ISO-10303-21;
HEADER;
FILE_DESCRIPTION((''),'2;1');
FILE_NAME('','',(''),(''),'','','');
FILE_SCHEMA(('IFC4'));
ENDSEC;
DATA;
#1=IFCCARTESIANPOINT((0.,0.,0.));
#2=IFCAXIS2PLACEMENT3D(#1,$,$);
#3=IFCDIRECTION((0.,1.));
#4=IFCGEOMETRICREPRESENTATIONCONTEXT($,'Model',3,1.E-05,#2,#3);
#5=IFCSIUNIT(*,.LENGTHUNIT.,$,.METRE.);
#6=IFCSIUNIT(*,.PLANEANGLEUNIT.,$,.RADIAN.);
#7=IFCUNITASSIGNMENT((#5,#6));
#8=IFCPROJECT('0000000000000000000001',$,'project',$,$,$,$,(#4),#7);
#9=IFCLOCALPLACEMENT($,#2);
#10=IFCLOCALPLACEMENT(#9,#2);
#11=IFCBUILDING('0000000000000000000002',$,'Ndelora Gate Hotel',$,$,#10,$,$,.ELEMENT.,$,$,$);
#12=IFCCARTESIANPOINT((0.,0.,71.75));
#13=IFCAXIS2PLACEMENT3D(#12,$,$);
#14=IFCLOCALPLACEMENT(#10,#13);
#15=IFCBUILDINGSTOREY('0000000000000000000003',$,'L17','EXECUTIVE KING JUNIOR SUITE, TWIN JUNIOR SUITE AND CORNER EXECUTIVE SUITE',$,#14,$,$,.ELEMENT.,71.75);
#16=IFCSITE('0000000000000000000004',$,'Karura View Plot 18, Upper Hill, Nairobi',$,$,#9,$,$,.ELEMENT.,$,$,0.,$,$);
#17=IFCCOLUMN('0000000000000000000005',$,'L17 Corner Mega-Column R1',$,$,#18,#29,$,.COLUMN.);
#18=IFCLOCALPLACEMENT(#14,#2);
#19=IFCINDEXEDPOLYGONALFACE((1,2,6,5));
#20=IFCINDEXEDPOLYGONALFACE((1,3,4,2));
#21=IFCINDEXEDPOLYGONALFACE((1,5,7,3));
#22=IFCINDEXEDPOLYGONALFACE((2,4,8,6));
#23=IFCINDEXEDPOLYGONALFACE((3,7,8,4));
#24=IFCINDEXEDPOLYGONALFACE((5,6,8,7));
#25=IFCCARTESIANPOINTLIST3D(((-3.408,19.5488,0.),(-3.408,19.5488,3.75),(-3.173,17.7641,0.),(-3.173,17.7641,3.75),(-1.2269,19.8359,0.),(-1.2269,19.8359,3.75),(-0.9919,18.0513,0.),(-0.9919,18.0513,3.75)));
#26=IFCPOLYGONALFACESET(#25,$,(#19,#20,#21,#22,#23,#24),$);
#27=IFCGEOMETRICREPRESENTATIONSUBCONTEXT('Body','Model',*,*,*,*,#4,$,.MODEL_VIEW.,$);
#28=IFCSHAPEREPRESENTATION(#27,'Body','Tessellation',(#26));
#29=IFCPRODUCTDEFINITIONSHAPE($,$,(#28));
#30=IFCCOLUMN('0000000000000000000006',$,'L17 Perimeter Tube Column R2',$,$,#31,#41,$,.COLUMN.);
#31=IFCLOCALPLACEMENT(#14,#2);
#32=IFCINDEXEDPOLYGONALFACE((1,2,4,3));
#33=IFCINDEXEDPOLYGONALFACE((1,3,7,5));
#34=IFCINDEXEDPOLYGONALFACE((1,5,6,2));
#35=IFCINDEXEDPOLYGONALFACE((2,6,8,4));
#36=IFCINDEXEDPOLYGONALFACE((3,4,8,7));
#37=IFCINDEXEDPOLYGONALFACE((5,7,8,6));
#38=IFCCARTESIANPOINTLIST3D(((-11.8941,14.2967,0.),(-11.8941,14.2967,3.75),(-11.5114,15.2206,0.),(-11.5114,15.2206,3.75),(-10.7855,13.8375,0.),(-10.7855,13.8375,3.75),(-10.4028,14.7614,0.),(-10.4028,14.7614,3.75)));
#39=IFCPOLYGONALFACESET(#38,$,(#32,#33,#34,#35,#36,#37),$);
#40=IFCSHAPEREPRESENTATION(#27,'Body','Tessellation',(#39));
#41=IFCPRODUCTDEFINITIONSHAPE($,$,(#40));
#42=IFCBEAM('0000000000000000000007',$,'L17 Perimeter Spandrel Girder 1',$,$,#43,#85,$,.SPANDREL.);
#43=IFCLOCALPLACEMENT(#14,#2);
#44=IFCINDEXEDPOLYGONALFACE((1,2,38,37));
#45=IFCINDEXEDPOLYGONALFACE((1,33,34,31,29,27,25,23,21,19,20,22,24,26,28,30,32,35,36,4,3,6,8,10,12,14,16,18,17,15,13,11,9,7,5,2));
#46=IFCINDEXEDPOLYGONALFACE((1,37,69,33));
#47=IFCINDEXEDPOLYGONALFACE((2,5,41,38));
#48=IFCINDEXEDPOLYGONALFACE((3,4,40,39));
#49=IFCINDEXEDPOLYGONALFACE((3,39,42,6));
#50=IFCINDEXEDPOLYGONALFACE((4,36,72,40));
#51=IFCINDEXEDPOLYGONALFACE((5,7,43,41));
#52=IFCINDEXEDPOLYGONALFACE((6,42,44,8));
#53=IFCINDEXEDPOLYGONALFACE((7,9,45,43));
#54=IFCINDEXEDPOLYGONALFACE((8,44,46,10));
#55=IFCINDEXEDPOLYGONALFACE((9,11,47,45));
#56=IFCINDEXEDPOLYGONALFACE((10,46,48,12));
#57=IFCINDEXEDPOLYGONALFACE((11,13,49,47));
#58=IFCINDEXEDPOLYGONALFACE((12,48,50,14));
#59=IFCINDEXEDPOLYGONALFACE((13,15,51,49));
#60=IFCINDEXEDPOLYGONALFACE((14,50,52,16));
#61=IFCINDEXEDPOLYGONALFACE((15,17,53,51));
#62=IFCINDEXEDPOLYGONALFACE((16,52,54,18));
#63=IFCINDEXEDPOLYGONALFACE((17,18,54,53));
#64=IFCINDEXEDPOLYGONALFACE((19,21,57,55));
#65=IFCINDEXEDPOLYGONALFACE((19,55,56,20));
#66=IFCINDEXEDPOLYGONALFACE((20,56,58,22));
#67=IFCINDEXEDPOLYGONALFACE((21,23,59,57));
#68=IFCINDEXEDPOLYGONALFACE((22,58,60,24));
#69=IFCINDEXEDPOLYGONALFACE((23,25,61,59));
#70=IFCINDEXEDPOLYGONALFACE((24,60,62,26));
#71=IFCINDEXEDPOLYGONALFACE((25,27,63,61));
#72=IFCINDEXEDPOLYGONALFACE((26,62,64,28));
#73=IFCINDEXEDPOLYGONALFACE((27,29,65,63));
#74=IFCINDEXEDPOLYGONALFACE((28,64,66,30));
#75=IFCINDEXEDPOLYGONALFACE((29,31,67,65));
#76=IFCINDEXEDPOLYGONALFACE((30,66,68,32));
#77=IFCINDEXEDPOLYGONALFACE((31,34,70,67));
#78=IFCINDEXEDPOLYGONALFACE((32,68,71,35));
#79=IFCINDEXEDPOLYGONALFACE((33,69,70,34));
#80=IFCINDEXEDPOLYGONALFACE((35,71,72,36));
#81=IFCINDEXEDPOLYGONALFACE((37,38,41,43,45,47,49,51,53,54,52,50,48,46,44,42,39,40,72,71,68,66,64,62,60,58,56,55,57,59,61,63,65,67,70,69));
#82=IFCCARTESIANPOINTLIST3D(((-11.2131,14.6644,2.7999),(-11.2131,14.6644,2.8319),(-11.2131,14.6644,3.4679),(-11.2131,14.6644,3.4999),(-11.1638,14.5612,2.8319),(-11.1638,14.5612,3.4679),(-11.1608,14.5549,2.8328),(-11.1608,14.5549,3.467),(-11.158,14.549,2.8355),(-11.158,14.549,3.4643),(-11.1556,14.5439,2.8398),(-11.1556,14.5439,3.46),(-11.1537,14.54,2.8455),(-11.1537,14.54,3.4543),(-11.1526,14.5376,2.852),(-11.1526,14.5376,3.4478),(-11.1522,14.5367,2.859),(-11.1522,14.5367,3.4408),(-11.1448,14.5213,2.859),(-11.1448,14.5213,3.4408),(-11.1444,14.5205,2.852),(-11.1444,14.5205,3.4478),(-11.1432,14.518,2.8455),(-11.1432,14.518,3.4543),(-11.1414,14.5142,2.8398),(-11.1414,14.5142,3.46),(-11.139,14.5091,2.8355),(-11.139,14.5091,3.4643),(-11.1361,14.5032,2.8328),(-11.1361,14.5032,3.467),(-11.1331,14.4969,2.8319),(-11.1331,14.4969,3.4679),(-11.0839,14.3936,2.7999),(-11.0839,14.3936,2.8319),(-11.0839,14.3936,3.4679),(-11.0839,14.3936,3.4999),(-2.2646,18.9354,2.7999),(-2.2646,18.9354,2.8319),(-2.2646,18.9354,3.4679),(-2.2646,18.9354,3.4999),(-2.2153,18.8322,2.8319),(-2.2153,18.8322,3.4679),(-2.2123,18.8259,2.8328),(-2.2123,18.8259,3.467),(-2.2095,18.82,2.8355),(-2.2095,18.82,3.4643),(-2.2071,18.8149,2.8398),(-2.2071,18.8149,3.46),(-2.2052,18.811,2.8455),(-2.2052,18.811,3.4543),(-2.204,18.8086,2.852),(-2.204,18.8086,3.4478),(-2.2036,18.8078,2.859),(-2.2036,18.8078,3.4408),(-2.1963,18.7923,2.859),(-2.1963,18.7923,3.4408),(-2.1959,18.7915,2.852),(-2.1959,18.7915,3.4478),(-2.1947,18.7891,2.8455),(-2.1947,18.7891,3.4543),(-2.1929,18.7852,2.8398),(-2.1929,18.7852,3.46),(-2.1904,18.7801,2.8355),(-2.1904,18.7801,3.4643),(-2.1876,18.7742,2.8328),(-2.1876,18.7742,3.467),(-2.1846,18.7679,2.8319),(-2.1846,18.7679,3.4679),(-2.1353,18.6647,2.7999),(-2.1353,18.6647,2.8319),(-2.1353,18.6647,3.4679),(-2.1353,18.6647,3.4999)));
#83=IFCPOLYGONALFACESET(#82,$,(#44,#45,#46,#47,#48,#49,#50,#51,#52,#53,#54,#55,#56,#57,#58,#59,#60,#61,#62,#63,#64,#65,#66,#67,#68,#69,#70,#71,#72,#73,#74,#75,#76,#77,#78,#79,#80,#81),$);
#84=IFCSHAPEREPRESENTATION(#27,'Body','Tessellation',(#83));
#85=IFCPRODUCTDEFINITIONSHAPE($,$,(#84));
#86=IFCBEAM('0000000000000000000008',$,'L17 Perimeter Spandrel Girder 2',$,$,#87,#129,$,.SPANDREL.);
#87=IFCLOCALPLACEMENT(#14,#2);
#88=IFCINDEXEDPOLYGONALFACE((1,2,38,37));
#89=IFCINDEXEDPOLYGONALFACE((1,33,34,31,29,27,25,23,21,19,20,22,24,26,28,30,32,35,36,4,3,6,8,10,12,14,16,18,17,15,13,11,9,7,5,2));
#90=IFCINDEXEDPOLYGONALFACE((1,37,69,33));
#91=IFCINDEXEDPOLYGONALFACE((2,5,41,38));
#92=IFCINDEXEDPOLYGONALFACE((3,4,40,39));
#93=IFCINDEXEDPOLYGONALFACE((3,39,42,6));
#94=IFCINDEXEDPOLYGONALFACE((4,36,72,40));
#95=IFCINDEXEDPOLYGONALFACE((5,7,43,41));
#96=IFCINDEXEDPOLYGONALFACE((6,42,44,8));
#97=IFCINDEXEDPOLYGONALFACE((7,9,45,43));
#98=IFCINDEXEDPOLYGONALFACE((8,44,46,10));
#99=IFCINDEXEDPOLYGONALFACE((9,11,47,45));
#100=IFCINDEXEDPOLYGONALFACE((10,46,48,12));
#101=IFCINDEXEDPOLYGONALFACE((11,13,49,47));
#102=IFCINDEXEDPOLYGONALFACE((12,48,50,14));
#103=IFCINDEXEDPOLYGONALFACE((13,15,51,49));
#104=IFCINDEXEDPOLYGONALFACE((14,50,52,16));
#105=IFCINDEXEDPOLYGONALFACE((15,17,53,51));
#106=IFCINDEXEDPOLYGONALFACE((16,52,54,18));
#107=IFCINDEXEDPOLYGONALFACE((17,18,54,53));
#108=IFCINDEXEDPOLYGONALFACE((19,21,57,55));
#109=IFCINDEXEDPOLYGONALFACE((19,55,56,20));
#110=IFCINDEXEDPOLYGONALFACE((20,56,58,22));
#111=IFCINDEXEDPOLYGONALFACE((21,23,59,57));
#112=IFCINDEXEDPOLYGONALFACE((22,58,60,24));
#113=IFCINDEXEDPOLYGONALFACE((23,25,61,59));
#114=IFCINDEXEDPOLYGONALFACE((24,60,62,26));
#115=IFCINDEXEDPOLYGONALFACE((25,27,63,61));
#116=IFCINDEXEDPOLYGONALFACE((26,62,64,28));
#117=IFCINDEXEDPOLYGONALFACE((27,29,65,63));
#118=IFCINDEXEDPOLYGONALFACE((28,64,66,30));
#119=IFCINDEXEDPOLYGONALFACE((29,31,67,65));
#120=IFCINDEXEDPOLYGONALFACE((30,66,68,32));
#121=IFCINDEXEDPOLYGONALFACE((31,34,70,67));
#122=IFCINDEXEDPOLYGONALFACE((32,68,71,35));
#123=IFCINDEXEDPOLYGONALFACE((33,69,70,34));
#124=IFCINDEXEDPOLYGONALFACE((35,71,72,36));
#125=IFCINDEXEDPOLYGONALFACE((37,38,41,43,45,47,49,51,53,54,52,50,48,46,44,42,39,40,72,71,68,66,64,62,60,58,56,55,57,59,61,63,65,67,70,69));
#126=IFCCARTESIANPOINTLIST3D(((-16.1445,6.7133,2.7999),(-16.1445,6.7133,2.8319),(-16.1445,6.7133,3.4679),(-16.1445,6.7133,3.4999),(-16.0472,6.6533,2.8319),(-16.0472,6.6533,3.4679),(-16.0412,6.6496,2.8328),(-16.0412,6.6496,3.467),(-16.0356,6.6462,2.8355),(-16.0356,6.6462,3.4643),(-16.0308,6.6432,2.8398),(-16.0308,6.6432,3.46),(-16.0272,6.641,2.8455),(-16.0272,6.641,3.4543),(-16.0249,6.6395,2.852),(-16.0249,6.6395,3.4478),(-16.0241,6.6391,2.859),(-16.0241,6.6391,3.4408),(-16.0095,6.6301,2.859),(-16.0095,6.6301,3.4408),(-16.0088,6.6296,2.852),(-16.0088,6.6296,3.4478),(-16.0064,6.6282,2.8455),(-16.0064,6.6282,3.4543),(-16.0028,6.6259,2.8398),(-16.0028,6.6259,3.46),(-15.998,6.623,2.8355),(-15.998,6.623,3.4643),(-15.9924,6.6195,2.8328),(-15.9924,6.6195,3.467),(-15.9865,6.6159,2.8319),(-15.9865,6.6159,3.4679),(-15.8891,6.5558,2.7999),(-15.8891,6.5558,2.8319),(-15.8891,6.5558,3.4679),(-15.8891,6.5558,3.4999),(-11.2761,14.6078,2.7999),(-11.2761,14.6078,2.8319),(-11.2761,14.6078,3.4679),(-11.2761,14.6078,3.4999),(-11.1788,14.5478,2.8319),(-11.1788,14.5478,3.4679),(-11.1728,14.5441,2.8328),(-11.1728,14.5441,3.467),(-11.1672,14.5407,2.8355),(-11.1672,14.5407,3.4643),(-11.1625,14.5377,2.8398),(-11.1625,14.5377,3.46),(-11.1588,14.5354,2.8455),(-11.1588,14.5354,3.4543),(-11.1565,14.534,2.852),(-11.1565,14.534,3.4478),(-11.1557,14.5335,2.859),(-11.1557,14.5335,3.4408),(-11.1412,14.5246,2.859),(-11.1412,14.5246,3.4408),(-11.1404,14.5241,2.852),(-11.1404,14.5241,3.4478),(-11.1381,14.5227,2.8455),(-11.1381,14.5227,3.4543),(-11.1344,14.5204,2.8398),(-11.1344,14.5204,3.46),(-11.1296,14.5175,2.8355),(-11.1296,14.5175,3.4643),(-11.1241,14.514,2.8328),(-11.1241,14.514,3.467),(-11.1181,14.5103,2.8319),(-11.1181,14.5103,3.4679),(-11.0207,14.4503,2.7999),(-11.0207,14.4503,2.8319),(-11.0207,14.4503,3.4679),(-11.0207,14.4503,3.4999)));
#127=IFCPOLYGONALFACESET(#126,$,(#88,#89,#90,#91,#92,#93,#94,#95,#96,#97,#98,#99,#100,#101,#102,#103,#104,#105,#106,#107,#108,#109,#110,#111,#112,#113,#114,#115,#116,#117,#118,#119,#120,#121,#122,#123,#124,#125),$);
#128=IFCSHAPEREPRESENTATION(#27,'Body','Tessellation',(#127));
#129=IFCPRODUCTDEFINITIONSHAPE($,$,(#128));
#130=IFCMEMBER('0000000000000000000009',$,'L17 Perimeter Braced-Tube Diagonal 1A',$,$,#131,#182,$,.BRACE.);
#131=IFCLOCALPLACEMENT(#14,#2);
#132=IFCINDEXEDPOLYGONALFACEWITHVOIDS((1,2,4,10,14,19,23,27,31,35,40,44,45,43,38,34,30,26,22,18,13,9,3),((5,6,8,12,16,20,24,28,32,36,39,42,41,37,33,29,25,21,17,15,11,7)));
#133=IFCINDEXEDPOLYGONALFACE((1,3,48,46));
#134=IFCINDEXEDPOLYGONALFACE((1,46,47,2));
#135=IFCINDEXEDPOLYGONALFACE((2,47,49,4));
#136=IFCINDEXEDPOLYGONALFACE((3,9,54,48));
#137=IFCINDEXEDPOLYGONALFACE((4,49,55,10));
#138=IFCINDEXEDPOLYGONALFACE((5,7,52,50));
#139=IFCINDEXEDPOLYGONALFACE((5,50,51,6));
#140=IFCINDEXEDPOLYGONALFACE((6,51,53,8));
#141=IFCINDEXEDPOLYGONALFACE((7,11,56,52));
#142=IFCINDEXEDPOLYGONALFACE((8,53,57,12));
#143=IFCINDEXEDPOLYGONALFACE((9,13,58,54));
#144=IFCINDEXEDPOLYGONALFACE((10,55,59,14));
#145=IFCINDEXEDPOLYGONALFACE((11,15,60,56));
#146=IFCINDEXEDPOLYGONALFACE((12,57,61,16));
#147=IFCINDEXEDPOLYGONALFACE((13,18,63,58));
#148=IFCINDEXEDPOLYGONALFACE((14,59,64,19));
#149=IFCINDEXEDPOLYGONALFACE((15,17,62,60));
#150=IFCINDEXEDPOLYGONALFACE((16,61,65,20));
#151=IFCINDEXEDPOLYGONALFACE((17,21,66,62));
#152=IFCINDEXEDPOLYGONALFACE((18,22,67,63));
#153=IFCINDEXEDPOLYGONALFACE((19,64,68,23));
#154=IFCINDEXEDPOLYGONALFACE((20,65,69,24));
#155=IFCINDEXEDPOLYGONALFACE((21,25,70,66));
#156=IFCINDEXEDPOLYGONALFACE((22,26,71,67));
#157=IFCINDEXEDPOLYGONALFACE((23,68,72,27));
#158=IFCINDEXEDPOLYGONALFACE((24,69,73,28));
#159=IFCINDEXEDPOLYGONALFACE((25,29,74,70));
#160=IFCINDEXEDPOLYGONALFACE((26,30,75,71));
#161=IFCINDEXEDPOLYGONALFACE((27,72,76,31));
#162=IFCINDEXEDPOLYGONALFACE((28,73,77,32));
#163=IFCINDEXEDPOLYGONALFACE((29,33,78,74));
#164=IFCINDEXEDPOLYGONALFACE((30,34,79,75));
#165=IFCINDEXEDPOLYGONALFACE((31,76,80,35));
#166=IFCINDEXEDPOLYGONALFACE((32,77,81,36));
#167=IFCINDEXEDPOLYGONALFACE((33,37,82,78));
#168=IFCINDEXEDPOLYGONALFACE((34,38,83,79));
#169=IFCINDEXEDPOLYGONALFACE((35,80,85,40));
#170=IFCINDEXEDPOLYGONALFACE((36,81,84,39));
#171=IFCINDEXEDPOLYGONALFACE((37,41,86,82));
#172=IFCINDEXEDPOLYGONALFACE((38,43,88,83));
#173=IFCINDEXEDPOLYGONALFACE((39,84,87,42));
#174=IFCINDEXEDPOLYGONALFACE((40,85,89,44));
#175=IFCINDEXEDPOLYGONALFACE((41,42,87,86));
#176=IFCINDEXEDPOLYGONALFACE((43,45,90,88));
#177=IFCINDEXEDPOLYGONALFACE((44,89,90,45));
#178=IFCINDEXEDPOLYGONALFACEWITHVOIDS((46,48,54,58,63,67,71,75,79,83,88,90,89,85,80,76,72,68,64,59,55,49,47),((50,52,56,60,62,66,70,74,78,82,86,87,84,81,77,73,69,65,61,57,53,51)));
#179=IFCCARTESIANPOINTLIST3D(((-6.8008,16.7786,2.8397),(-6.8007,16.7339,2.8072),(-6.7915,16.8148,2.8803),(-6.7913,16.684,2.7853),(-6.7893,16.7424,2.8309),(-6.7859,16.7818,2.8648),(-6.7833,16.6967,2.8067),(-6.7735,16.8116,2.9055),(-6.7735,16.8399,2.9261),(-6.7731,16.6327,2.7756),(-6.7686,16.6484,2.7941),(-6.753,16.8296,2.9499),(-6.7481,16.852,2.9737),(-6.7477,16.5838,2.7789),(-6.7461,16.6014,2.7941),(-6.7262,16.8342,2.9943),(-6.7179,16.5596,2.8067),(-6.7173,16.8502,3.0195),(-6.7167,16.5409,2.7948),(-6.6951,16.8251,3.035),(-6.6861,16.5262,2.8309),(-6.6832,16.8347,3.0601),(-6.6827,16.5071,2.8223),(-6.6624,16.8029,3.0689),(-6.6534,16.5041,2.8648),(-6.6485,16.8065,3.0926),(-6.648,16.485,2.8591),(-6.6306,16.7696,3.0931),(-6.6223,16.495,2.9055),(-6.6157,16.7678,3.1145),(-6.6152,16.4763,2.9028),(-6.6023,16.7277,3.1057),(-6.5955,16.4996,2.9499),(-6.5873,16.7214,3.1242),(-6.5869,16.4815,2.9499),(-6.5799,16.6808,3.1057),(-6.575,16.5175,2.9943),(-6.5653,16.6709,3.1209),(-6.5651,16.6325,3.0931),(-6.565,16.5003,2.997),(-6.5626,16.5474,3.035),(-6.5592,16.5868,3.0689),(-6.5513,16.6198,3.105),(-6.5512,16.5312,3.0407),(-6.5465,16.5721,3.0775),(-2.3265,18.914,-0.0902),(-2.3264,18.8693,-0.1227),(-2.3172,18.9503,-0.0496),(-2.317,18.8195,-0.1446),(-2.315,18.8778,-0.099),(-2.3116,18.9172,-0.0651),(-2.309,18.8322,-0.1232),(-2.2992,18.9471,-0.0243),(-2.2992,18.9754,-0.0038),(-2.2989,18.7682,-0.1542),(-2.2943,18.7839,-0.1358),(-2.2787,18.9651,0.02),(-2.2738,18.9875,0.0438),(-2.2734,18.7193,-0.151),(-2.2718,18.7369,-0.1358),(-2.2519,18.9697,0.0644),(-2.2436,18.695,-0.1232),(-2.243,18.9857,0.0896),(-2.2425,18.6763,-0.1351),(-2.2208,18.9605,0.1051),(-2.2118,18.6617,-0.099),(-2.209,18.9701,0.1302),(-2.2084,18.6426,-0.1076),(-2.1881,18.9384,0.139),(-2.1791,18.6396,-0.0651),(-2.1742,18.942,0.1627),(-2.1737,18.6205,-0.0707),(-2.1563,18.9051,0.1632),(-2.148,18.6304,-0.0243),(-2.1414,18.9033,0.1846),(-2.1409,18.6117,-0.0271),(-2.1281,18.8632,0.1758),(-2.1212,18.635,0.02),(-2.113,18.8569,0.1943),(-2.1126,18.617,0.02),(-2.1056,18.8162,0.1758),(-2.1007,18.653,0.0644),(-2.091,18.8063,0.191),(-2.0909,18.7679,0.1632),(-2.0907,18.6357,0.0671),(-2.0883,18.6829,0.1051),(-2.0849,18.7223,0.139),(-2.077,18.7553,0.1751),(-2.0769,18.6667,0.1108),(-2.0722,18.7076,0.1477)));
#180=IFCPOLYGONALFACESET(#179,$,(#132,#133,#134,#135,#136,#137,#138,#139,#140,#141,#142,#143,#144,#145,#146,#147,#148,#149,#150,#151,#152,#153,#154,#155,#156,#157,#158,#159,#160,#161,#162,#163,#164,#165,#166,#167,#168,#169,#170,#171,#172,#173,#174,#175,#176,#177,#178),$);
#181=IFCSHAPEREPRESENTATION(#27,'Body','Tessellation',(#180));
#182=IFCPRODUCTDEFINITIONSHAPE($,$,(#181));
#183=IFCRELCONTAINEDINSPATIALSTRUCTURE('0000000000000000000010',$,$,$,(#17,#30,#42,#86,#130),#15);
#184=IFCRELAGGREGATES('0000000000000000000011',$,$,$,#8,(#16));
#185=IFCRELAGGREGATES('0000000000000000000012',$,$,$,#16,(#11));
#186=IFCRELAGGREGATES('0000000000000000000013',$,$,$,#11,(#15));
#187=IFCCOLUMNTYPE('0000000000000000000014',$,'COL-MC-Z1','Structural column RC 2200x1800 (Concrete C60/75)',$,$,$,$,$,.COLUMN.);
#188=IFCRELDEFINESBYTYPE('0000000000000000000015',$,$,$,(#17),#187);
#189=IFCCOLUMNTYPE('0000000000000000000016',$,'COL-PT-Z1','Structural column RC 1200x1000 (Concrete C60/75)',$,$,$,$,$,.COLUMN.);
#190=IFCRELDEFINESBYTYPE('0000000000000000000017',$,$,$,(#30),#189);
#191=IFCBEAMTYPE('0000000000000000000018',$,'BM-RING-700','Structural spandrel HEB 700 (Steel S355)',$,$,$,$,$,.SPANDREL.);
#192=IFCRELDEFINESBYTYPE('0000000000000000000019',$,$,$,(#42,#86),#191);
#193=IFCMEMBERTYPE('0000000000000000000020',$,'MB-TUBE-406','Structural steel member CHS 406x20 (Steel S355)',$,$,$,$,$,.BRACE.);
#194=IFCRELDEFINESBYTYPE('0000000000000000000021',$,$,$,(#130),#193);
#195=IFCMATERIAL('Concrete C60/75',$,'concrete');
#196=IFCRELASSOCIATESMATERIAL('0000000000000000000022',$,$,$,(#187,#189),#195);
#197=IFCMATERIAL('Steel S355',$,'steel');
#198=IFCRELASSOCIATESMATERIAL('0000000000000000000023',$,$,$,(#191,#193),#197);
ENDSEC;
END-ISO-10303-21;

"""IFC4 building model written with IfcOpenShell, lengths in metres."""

from ifc_helpers import new_model, si_unit, direction, frame, origin, origin_2d, place, context, subcontext, project, spatial, rectangle, hollow_circle, i_section, extrude, material, material_profile, profile_set, type_object, element, save


model = new_model("IFC4")

# Units and contexts
model_context = context("Model", 3, precision=1e-05, world=origin(), true_north=direction((0.0, 1.0)))
body_context = subcontext(model_context, "Body", "Model", "MODEL_VIEW")
ifc_project = project(units=[si_unit("LENGTHUNIT", "METRE"), si_unit("PLANEANGLEUNIT", "RADIAN")], contexts=[model_context])

# Site, building, storey
site_placement = place(None, origin())
site = spatial("IfcSite", under=ifc_project, at=site_placement, Name="Karura View Plot 18, Upper Hill, Nairobi", CompositionType="ELEMENT", RefElevation=0.0)
building_placement = place(site_placement, origin())
building = spatial("IfcBuilding", under=site, at=building_placement, Name="Ndelora Gate Hotel", CompositionType="ELEMENT")
storey_placement = place(building_placement, frame((0.0, 0.0, 71.75)))
storey = spatial("IfcBuildingStorey", under=building, at=storey_placement, Name="L17", Description="EXECUTIVE KING JUNIOR SUITE, TWIN JUNIOR SUITE AND CORNER EXECUTIVE SUITE", CompositionType="ELEMENT", Elevation=71.75)

# Columns
ifc_material_1 = material(Name="Concrete C60/75", Category="concrete")
ifc_material_profile_1 = material_profile(ifc_material_1, rectangle(XDim=1.8, YDim=2.2, at=origin_2d()), Name="RC 2200x1800")
ifc_profile_set_1 = profile_set([ifc_material_profile_1], Name="Concrete C60/75")
column_type_1 = type_object("IfcColumnType", Name="COL-MC-Z1", Description="Structural column RC 2200x1800 (Concrete C60/75)", PredefinedType="COLUMN", material=ifc_profile_set_1)
column_1_placement = place(storey_placement, frame((-2.2, 18.8, 0.0), z_axis=(0.0, 0.0, 1.0), x_axis=(-0.130526, 0.991445, 0.0)))
element("IfcColumn", 1, at=column_1_placement, inside=storey, type_object=column_type_1, Name="L17 Corner Mega-Column R1", PredefinedType="COLUMN", context=body_context, shape_type="SweptSolid", body=[
    extrude(rectangle(XDim=1.8, YDim=2.2, at=origin_2d()), origin(), (0.0, 0.0, 1.0), 3.75),
])
ifc_material_profile_2 = material_profile(ifc_material_1, rectangle(XDim=1.0, YDim=1.2, at=origin_2d()), Name="RC 1200x1000")
ifc_profile_set_2 = profile_set([ifc_material_profile_2], Name="Concrete C60/75")
column_type_2 = type_object("IfcColumnType", Name="COL-PT-Z1", Description="Structural column RC 1200x1000 (Concrete C60/75)", PredefinedType="COLUMN", material=ifc_profile_set_2)
column_2_placement = place(storey_placement, frame((-11.1484, 14.5291, 0.0), z_axis=(0.0, 0.0, 1.0), x_axis=(0.382683, 0.92388, 0.0)))
element("IfcColumn", 2, at=column_2_placement, inside=storey, type_object=column_type_2, Name="L17 Perimeter Tube Column R2", PredefinedType="COLUMN", context=body_context, shape_type="SweptSolid", body=[
    extrude(rectangle(XDim=1.0, YDim=1.2, at=origin_2d()), origin(), (0.0, 0.0, 1.0), 3.75),
])

# Beams
ifc_material_2 = material(Name="Steel S355", Category="steel")
ifc_material_profile_3 = material_profile(ifc_material_2, i_section(OverallWidth=0.3, OverallDepth=0.7, WebThickness=0.0171, FlangeThickness=0.032, FilletRadius=0.0271, at=origin_2d()), Name="HEB 700")
ifc_profile_set_3 = profile_set([ifc_material_profile_3], Name="Steel S355")
beam_type = type_object("IfcBeamType", Name="BM-RING-700", Description="Structural spandrel HEB 700 (Steel S355)", PredefinedType="SPANDREL", material=ifc_profile_set_3)
beam_1_placement = place(storey_placement, frame((-2.2, 18.8, 3.1499), z_axis=(-0.902476, -0.43074, 0.0), x_axis=(0.43074, -0.902476, 0.0)))
element("IfcBeam", 3, at=beam_1_placement, inside=storey, type_object=beam_type, Name="L17 Perimeter Spandrel Girder 1", PredefinedType="SPANDREL", context=body_context, shape_type="SweptSolid", body=[
    extrude(i_section(OverallWidth=0.3, OverallDepth=0.7, WebThickness=0.0171, FlangeThickness=0.032, FilletRadius=0.0271, at=origin_2d()), origin(), (0.0, 0.0, 1.0), 9.9155),
])
beam_2_placement = place(storey_placement, frame((-11.1484, 14.5291, 3.1499), z_axis=(-0.524898, -0.851165, 0.0), x_axis=(0.851165, -0.524898, 0.0)))
element("IfcBeam", 4, at=beam_2_placement, inside=storey, type_object=beam_type, Name="L17 Perimeter Spandrel Girder 2", PredefinedType="SPANDREL", context=body_context, shape_type="SweptSolid", body=[
    extrude(i_section(OverallWidth=0.3, OverallDepth=0.7, WebThickness=0.0171, FlangeThickness=0.032, FilletRadius=0.0271, at=origin_2d()), origin(), (0.0, 0.0, 1.0), 9.2749),
])

# Member
ifc_material_profile_4 = material_profile(ifc_material_2, hollow_circle(Radius=0.2029, WallThickness=0.02, at=origin_2d()), Name="CHS 406x20")
ifc_profile_set_4 = profile_set([ifc_material_profile_4], Name="Steel S355")
member_type = type_object("IfcMemberType", Name="MB-TUBE-406", Description="Structural steel member CHS 406x20 (Steel S355)", PredefinedType="BRACE", material=ifc_profile_set_4)
for number, where, z_axis, x_axis, name in (
    (5, (-2.2, 18.8, 0.02), (-0.776949, -0.370818, 0.508767), (0.43073, -0.902481, 0.0), "L17 Perimeter Braced-Tube Diagonal 1A"),
):
    element("IfcMember", number, at=place(storey_placement, frame(where, z_axis=z_axis, x_axis=x_axis)), inside=storey, type_object=member_type, Name=name, PredefinedType="BRACE", context=body_context, shape_type="SweptSolid", body=[
        extrude(hollow_circle(Radius=0.2029, WallThickness=0.02, at=origin_2d()), origin(), (0.0, 0.0, 1.0), 5.7588),
    ])

save(model, "model.ifc")
